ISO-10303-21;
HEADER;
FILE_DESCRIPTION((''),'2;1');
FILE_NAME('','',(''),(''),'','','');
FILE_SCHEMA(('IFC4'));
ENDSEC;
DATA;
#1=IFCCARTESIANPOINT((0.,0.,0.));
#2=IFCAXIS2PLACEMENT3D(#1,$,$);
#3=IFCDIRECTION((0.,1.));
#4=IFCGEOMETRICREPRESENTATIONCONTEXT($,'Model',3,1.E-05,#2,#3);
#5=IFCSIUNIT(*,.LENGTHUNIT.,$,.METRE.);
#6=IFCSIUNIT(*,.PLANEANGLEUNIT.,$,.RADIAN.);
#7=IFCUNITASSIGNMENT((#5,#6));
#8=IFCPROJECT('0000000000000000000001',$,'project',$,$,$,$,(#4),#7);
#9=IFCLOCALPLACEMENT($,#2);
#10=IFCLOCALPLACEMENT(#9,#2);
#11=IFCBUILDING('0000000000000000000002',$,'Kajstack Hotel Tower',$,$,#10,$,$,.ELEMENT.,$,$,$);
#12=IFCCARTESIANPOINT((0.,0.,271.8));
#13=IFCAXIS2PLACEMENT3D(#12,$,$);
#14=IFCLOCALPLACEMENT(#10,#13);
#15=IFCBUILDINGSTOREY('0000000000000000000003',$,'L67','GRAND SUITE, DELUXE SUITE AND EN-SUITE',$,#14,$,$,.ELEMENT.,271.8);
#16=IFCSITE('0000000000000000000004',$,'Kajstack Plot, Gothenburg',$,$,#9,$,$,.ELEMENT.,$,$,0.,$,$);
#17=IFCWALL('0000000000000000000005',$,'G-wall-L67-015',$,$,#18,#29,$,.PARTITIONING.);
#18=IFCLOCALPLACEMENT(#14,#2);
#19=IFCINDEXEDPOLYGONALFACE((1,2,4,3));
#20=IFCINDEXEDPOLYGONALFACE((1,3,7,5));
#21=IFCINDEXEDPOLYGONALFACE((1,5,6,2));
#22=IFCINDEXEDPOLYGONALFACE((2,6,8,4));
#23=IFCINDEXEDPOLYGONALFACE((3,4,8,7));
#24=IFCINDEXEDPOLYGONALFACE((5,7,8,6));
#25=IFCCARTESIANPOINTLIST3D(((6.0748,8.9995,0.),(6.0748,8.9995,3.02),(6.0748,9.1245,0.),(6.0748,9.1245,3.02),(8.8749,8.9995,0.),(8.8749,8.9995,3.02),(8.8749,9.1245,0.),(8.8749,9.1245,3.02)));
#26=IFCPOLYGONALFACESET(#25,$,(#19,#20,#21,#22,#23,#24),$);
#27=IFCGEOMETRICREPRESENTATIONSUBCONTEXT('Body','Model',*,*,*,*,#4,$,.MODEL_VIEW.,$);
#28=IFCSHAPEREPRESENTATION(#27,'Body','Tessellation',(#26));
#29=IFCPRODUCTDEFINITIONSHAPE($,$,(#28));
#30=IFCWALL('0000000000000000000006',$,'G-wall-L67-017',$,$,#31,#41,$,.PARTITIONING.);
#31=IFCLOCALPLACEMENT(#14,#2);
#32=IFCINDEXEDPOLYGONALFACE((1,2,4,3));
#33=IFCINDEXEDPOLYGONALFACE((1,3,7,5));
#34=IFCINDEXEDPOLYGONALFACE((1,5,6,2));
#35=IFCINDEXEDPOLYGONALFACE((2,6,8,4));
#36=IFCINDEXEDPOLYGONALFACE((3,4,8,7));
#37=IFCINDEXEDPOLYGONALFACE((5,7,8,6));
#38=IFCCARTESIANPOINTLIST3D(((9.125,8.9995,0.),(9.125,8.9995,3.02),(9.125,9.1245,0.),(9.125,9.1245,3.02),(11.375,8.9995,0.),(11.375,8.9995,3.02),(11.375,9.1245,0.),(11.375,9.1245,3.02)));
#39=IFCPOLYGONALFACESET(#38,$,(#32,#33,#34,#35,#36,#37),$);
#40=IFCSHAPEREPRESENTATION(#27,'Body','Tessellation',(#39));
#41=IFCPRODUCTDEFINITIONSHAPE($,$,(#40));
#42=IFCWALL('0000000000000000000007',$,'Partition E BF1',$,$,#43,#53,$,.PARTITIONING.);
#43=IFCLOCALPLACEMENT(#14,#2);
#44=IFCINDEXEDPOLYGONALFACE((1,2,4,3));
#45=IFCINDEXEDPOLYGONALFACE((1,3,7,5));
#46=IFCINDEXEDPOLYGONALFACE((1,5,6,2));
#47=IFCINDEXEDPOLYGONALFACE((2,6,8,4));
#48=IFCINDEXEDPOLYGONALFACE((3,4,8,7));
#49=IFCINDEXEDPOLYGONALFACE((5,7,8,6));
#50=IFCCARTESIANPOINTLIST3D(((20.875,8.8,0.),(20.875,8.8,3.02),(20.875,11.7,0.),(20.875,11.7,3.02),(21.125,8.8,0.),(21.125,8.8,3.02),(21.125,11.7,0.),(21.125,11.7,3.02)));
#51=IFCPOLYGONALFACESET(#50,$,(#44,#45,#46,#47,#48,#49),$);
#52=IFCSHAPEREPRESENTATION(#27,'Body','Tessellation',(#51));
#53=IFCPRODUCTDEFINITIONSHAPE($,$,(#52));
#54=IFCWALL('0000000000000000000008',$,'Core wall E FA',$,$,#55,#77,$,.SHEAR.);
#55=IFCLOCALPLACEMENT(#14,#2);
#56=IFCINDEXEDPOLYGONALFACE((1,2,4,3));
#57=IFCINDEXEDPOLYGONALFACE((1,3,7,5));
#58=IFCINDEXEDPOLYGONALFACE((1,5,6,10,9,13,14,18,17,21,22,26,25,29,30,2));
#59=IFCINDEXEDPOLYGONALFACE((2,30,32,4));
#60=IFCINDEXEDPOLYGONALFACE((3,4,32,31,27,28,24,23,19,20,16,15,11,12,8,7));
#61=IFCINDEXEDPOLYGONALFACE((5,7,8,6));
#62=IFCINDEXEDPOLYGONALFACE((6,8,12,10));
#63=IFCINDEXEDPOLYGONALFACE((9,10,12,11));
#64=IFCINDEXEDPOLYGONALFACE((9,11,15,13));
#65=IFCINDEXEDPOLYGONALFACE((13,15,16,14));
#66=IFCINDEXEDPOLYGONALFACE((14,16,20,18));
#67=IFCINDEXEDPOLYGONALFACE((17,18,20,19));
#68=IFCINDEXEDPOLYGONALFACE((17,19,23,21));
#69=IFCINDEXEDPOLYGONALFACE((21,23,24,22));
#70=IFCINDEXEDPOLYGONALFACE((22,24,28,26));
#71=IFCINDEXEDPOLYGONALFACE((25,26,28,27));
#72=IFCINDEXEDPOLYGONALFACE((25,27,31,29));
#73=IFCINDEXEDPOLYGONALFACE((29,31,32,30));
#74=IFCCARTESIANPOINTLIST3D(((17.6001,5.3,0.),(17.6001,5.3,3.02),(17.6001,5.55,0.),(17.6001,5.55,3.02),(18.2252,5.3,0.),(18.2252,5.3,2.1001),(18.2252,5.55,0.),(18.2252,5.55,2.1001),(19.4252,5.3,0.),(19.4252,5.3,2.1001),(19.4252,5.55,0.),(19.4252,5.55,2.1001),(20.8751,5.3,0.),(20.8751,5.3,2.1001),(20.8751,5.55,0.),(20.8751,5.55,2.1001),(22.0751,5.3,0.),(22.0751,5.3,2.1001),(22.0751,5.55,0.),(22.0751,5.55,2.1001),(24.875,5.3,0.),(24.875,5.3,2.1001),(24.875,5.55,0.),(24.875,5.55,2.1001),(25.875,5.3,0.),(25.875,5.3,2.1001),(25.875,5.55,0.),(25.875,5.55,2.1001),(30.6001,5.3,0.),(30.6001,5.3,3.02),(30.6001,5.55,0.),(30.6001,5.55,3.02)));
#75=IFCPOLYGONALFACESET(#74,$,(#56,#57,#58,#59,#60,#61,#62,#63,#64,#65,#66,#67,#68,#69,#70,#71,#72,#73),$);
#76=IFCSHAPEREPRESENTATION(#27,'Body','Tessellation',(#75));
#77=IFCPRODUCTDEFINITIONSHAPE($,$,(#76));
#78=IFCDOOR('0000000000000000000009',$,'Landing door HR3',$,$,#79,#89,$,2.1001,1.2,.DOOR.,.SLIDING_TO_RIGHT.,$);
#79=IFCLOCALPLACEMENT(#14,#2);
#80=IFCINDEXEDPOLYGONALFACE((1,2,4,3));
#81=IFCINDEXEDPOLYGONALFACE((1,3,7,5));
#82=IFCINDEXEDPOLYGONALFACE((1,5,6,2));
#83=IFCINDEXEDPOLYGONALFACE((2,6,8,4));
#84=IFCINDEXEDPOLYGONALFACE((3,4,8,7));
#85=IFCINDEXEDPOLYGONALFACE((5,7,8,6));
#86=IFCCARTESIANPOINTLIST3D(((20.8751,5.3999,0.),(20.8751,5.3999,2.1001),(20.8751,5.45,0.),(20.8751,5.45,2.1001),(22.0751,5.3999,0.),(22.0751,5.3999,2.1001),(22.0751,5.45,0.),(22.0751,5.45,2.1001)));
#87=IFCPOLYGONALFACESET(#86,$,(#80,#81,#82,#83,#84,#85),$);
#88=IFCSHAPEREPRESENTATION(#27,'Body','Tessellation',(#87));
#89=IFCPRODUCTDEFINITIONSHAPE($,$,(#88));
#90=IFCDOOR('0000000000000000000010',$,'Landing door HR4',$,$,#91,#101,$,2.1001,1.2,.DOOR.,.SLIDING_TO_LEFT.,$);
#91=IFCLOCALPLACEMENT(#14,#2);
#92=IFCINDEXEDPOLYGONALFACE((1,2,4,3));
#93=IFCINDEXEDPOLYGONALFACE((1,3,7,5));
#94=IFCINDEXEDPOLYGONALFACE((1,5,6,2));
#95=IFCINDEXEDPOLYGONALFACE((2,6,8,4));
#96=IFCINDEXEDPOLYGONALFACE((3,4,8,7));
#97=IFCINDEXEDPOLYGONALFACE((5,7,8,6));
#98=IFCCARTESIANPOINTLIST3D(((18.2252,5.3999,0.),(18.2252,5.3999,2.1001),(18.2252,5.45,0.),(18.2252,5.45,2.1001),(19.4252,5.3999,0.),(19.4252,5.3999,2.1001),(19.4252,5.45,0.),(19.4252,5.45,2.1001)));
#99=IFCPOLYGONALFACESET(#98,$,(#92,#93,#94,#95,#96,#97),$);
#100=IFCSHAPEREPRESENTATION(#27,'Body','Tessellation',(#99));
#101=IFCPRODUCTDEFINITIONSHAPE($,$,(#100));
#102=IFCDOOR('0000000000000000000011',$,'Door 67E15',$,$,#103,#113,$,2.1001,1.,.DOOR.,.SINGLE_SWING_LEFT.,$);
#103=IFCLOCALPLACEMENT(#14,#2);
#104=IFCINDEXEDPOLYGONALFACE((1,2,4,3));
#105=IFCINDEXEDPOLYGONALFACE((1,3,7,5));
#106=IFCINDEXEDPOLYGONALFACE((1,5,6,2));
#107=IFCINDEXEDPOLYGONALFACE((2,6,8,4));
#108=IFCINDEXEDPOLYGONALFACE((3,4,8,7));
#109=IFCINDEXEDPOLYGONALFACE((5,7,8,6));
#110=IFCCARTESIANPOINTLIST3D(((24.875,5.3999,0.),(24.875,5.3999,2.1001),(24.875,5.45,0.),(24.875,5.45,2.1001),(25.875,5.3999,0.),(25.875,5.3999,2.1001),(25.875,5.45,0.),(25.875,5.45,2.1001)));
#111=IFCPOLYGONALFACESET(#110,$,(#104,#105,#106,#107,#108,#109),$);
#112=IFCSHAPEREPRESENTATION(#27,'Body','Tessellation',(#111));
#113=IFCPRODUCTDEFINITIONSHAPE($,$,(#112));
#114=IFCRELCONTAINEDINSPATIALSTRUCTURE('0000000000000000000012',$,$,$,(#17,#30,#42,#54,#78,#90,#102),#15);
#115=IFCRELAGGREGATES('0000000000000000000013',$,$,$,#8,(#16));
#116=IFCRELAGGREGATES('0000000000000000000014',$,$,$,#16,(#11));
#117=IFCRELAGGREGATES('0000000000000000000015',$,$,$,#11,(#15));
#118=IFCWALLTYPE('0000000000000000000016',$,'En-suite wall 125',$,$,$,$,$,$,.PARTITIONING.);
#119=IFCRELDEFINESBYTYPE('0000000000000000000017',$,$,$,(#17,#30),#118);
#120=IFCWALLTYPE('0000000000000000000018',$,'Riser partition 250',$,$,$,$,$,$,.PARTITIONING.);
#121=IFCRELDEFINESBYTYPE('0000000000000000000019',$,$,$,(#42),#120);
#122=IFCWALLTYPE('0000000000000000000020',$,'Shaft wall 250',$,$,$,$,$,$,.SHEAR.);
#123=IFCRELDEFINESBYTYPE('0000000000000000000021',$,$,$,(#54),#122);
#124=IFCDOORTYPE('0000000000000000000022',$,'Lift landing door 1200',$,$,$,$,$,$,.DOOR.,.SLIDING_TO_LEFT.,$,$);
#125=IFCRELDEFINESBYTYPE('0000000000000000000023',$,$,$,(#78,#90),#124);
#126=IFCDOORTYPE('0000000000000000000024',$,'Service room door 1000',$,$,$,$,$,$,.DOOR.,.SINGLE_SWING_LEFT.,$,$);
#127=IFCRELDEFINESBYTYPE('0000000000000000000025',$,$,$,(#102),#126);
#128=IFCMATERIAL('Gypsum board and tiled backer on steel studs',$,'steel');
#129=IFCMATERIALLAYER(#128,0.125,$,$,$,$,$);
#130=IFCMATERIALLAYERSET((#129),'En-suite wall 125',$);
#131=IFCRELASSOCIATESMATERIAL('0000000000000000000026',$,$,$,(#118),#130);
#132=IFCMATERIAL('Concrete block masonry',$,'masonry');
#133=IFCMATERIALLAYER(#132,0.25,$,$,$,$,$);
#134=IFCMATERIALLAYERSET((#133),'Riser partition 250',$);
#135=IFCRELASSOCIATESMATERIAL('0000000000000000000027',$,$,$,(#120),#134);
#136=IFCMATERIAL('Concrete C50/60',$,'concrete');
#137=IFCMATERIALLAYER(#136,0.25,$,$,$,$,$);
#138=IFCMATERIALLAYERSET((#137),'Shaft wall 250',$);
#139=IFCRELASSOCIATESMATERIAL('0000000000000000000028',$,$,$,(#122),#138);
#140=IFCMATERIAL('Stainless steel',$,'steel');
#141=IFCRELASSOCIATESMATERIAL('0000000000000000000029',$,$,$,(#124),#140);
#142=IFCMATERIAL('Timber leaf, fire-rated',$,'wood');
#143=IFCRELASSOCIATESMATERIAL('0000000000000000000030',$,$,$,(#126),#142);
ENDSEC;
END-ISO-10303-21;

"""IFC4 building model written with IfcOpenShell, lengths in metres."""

from ifc_helpers import new_model, si_unit, direction, frame, frame_2d, origin, place, context, subcontext, project, spatial, rectangle, extrude, material, layer, layer_set, type_object, element, fill, save


model = new_model("IFC4")

# Units and contexts
model_context = context("Model", 3, precision=1e-05, world=origin(), true_north=direction((0.0, 1.0)))
body_context = subcontext(model_context, "Body", "Model", "MODEL_VIEW")
ifc_project = project(units=[si_unit("LENGTHUNIT", "METRE"), si_unit("PLANEANGLEUNIT", "RADIAN")], contexts=[model_context])

# Site, building, storey
site_placement = place(None, origin())
site = spatial("IfcSite", under=ifc_project, at=site_placement, Name="Kajstack Plot, Gothenburg", CompositionType="ELEMENT", RefElevation=0.0)
building_placement = place(site_placement, origin())
building = spatial("IfcBuilding", under=site, at=building_placement, Name="Kajstack Hotel Tower", CompositionType="ELEMENT")
storey_placement = place(building_placement, frame((0.0, 0.0, 271.8)))
storey = spatial("IfcBuildingStorey", under=building, at=storey_placement, Name="L67", Description="GRAND SUITE, DELUXE SUITE AND EN-SUITE", CompositionType="ELEMENT", Elevation=271.8)

# Walls
ifc_material_1 = material(Name="Gypsum board and tiled backer on steel studs", Category="steel")
ifc_layer_1 = layer(ifc_material_1, 0.125)
ifc_layer_set_1 = layer_set([ifc_layer_1], Name="En-suite wall 125")
wall_type_1 = type_object("IfcWallType", Name="En-suite wall 125", PredefinedType="PARTITIONING", material=ifc_layer_set_1)
wall_1_placement = place(storey_placement, frame((6.075, 9.062, 0.0), z_axis=(0.0, 0.0, 1.0), x_axis=(1.0, 0.0, 0.0)))
element("IfcWall", 1, at=wall_1_placement, inside=storey, type_object=wall_type_1, Name="G-wall-L67-015", PredefinedType="PARTITIONING", context=body_context, shape_type="SweptSolid", body=[
    extrude(rectangle(XDim=2.8, YDim=0.125, at=frame_2d((1.3999, 0.0))), origin(), (0.0, 0.0, 1.0), 3.02),
])
wall_2_placement = place(storey_placement, frame((9.125, 9.062, 0.0), z_axis=(0.0, 0.0, 1.0), x_axis=(1.0, 0.0, 0.0)))
element("IfcWall", 2, at=wall_2_placement, inside=storey, type_object=wall_type_1, Name="G-wall-L67-017", PredefinedType="PARTITIONING", context=body_context, shape_type="SweptSolid", body=[
    extrude(rectangle(XDim=2.25, YDim=0.125, at=frame_2d((1.125, 0.0))), origin(), (0.0, 0.0, 1.0), 3.02),
])
ifc_material_2 = material(Name="Concrete block masonry", Category="masonry")
ifc_layer_2 = layer(ifc_material_2, 0.25)
ifc_layer_set_2 = layer_set([ifc_layer_2], Name="Riser partition 250")
wall_type_2 = type_object("IfcWallType", Name="Riser partition 250", PredefinedType="PARTITIONING", material=ifc_layer_set_2)
wall_3_placement = place(storey_placement, frame((21.0, 8.8, 0.0), z_axis=(0.0, 0.0, 1.0), x_axis=(0.0, 1.0, 0.0)))
element("IfcWall", 3, at=wall_3_placement, inside=storey, type_object=wall_type_2, Name="Partition E BF1", PredefinedType="PARTITIONING", context=body_context, shape_type="SweptSolid", body=[
    extrude(rectangle(XDim=2.8999, YDim=0.25, at=frame_2d((1.45, 0.0))), origin(), (0.0, 0.0, 1.0), 3.02),
])

# Wall, openings, doors
ifc_material_3 = material(Name="Concrete C50/60", Category="concrete")
ifc_layer_3 = layer(ifc_material_3, 0.25)
ifc_layer_set_3 = layer_set([ifc_layer_3], Name="Shaft wall 250")
wall_type_3 = type_object("IfcWallType", Name="Shaft wall 250", PredefinedType="SHEAR", material=ifc_layer_set_3)
wall_4_placement = place(storey_placement, frame((17.6001, 5.425, 0.0), z_axis=(0.0, 0.0, 1.0), x_axis=(1.0, 0.0, 0.0)))
wall_4 = element("IfcWall", 4, at=wall_4_placement, inside=storey, type_object=wall_type_3, Name="Core wall E FA", PredefinedType="SHEAR", context=body_context, shape_type="SweptSolid", body=[
    extrude(rectangle(XDim=13.0, YDim=0.25, at=frame_2d((6.5, 0.0))), origin(), (0.0, 0.0, 1.0), 3.02),
])
opening_1_placement = place(wall_4_placement, frame((3.2749, 0.0, 0.0)))
opening_1 = element("IfcOpeningElement", 5, at=opening_1_placement, cuts=wall_4, PredefinedType="OPENING", context=body_context, shape_type="SweptSolid", body=[
    extrude(rectangle(XDim=1.2, YDim=2.1001, at=frame_2d((0.6001, 1.05))), frame((0.0, 0.135, 0.0), z_axis=(0.0, -1.0, 0.0), x_axis=(1.0, 0.0, 0.0)), (0.0, 0.0, 1.0), 0.27),
])
opening_2_placement = place(wall_4_placement, frame((0.625, 0.0, 0.0)))
opening_2 = element("IfcOpeningElement", 6, at=opening_2_placement, cuts=wall_4, PredefinedType="OPENING", context=body_context, shape_type="SweptSolid", body=[
    extrude(rectangle(XDim=1.2, YDim=2.1001, at=frame_2d((0.6001, 1.05))), frame((0.0, 0.135, 0.0), z_axis=(0.0, -1.0, 0.0), x_axis=(1.0, 0.0, 0.0)), (0.0, 0.0, 1.0), 0.27),
])
opening_3_placement = place(wall_4_placement, frame((7.2749, 0.0, 0.0)))
opening_3 = element("IfcOpeningElement", 7, at=opening_3_placement, cuts=wall_4, PredefinedType="OPENING", context=body_context, shape_type="SweptSolid", body=[
    extrude(rectangle(XDim=1.0, YDim=2.1001, at=frame_2d((0.5, 1.05))), frame((0.0, 0.135, 0.0), z_axis=(0.0, -1.0, 0.0), x_axis=(1.0, 0.0, 0.0)), (0.0, 0.0, 1.0), 0.27),
])
ifc_material_4 = material(Name="Stainless steel", Category="steel")
door_type_1 = type_object("IfcDoorType", Name="Lift landing door 1200", OperationType="SLIDING_TO_LEFT", PredefinedType="DOOR", material=ifc_material_4)
door_1_placement = place(opening_1_placement, origin())
door_1 = element("IfcDoor", 8, at=door_1_placement, inside=storey, type_object=door_type_1, Name="Landing door HR3", OperationType="SLIDING_TO_RIGHT", OverallHeight=2.1001, OverallWidth=1.2, PredefinedType="DOOR", context=body_context, shape_type="SweptSolid", body=[
    extrude(rectangle(XDim=1.2, YDim=2.1001, at=frame_2d((0.6001, 1.05))), frame((0.0, 0.0249, 0.0), z_axis=(0.0, -1.0, 0.0), x_axis=(1.0, 0.0, 0.0)), (0.0, 0.0, 1.0), 0.05),
])
fill(opening_1, door_1)
door_2_placement = place(opening_2_placement, origin())
door_2 = element("IfcDoor", 9, at=door_2_placement, inside=storey, type_object=door_type_1, Name="Landing door HR4", OperationType="SLIDING_TO_LEFT", OverallHeight=2.1001, OverallWidth=1.2, PredefinedType="DOOR", context=body_context, shape_type="SweptSolid", body=[
    extrude(rectangle(XDim=1.2, YDim=2.1001, at=frame_2d((0.6001, 1.05))), frame((0.0, 0.0249, 0.0), z_axis=(0.0, -1.0, 0.0), x_axis=(1.0, 0.0, 0.0)), (0.0, 0.0, 1.0), 0.05),
])
fill(opening_2, door_2)
ifc_material_5 = material(Name="Timber leaf, fire-rated", Category="wood")
door_type_2 = type_object("IfcDoorType", Name="Service room door 1000", OperationType="SINGLE_SWING_LEFT", PredefinedType="DOOR", material=ifc_material_5)
door_3_placement = place(opening_3_placement, origin())
door_3 = element("IfcDoor", 10, at=door_3_placement, inside=storey, type_object=door_type_2, Name="Door 67E15", OperationType="SINGLE_SWING_LEFT", OverallHeight=2.1001, OverallWidth=1.0, PredefinedType="DOOR", context=body_context, shape_type="SweptSolid", body=[
    extrude(rectangle(XDim=1.0, YDim=2.1001, at=frame_2d((0.5, 1.05))), frame((0.0, 0.0249, 0.0), z_axis=(0.0, -1.0, 0.0), x_axis=(1.0, 0.0, 0.0)), (0.0, 0.0, 1.0), 0.05),
])
fill(opening_3, door_3)

save(model, "model.ifc")
